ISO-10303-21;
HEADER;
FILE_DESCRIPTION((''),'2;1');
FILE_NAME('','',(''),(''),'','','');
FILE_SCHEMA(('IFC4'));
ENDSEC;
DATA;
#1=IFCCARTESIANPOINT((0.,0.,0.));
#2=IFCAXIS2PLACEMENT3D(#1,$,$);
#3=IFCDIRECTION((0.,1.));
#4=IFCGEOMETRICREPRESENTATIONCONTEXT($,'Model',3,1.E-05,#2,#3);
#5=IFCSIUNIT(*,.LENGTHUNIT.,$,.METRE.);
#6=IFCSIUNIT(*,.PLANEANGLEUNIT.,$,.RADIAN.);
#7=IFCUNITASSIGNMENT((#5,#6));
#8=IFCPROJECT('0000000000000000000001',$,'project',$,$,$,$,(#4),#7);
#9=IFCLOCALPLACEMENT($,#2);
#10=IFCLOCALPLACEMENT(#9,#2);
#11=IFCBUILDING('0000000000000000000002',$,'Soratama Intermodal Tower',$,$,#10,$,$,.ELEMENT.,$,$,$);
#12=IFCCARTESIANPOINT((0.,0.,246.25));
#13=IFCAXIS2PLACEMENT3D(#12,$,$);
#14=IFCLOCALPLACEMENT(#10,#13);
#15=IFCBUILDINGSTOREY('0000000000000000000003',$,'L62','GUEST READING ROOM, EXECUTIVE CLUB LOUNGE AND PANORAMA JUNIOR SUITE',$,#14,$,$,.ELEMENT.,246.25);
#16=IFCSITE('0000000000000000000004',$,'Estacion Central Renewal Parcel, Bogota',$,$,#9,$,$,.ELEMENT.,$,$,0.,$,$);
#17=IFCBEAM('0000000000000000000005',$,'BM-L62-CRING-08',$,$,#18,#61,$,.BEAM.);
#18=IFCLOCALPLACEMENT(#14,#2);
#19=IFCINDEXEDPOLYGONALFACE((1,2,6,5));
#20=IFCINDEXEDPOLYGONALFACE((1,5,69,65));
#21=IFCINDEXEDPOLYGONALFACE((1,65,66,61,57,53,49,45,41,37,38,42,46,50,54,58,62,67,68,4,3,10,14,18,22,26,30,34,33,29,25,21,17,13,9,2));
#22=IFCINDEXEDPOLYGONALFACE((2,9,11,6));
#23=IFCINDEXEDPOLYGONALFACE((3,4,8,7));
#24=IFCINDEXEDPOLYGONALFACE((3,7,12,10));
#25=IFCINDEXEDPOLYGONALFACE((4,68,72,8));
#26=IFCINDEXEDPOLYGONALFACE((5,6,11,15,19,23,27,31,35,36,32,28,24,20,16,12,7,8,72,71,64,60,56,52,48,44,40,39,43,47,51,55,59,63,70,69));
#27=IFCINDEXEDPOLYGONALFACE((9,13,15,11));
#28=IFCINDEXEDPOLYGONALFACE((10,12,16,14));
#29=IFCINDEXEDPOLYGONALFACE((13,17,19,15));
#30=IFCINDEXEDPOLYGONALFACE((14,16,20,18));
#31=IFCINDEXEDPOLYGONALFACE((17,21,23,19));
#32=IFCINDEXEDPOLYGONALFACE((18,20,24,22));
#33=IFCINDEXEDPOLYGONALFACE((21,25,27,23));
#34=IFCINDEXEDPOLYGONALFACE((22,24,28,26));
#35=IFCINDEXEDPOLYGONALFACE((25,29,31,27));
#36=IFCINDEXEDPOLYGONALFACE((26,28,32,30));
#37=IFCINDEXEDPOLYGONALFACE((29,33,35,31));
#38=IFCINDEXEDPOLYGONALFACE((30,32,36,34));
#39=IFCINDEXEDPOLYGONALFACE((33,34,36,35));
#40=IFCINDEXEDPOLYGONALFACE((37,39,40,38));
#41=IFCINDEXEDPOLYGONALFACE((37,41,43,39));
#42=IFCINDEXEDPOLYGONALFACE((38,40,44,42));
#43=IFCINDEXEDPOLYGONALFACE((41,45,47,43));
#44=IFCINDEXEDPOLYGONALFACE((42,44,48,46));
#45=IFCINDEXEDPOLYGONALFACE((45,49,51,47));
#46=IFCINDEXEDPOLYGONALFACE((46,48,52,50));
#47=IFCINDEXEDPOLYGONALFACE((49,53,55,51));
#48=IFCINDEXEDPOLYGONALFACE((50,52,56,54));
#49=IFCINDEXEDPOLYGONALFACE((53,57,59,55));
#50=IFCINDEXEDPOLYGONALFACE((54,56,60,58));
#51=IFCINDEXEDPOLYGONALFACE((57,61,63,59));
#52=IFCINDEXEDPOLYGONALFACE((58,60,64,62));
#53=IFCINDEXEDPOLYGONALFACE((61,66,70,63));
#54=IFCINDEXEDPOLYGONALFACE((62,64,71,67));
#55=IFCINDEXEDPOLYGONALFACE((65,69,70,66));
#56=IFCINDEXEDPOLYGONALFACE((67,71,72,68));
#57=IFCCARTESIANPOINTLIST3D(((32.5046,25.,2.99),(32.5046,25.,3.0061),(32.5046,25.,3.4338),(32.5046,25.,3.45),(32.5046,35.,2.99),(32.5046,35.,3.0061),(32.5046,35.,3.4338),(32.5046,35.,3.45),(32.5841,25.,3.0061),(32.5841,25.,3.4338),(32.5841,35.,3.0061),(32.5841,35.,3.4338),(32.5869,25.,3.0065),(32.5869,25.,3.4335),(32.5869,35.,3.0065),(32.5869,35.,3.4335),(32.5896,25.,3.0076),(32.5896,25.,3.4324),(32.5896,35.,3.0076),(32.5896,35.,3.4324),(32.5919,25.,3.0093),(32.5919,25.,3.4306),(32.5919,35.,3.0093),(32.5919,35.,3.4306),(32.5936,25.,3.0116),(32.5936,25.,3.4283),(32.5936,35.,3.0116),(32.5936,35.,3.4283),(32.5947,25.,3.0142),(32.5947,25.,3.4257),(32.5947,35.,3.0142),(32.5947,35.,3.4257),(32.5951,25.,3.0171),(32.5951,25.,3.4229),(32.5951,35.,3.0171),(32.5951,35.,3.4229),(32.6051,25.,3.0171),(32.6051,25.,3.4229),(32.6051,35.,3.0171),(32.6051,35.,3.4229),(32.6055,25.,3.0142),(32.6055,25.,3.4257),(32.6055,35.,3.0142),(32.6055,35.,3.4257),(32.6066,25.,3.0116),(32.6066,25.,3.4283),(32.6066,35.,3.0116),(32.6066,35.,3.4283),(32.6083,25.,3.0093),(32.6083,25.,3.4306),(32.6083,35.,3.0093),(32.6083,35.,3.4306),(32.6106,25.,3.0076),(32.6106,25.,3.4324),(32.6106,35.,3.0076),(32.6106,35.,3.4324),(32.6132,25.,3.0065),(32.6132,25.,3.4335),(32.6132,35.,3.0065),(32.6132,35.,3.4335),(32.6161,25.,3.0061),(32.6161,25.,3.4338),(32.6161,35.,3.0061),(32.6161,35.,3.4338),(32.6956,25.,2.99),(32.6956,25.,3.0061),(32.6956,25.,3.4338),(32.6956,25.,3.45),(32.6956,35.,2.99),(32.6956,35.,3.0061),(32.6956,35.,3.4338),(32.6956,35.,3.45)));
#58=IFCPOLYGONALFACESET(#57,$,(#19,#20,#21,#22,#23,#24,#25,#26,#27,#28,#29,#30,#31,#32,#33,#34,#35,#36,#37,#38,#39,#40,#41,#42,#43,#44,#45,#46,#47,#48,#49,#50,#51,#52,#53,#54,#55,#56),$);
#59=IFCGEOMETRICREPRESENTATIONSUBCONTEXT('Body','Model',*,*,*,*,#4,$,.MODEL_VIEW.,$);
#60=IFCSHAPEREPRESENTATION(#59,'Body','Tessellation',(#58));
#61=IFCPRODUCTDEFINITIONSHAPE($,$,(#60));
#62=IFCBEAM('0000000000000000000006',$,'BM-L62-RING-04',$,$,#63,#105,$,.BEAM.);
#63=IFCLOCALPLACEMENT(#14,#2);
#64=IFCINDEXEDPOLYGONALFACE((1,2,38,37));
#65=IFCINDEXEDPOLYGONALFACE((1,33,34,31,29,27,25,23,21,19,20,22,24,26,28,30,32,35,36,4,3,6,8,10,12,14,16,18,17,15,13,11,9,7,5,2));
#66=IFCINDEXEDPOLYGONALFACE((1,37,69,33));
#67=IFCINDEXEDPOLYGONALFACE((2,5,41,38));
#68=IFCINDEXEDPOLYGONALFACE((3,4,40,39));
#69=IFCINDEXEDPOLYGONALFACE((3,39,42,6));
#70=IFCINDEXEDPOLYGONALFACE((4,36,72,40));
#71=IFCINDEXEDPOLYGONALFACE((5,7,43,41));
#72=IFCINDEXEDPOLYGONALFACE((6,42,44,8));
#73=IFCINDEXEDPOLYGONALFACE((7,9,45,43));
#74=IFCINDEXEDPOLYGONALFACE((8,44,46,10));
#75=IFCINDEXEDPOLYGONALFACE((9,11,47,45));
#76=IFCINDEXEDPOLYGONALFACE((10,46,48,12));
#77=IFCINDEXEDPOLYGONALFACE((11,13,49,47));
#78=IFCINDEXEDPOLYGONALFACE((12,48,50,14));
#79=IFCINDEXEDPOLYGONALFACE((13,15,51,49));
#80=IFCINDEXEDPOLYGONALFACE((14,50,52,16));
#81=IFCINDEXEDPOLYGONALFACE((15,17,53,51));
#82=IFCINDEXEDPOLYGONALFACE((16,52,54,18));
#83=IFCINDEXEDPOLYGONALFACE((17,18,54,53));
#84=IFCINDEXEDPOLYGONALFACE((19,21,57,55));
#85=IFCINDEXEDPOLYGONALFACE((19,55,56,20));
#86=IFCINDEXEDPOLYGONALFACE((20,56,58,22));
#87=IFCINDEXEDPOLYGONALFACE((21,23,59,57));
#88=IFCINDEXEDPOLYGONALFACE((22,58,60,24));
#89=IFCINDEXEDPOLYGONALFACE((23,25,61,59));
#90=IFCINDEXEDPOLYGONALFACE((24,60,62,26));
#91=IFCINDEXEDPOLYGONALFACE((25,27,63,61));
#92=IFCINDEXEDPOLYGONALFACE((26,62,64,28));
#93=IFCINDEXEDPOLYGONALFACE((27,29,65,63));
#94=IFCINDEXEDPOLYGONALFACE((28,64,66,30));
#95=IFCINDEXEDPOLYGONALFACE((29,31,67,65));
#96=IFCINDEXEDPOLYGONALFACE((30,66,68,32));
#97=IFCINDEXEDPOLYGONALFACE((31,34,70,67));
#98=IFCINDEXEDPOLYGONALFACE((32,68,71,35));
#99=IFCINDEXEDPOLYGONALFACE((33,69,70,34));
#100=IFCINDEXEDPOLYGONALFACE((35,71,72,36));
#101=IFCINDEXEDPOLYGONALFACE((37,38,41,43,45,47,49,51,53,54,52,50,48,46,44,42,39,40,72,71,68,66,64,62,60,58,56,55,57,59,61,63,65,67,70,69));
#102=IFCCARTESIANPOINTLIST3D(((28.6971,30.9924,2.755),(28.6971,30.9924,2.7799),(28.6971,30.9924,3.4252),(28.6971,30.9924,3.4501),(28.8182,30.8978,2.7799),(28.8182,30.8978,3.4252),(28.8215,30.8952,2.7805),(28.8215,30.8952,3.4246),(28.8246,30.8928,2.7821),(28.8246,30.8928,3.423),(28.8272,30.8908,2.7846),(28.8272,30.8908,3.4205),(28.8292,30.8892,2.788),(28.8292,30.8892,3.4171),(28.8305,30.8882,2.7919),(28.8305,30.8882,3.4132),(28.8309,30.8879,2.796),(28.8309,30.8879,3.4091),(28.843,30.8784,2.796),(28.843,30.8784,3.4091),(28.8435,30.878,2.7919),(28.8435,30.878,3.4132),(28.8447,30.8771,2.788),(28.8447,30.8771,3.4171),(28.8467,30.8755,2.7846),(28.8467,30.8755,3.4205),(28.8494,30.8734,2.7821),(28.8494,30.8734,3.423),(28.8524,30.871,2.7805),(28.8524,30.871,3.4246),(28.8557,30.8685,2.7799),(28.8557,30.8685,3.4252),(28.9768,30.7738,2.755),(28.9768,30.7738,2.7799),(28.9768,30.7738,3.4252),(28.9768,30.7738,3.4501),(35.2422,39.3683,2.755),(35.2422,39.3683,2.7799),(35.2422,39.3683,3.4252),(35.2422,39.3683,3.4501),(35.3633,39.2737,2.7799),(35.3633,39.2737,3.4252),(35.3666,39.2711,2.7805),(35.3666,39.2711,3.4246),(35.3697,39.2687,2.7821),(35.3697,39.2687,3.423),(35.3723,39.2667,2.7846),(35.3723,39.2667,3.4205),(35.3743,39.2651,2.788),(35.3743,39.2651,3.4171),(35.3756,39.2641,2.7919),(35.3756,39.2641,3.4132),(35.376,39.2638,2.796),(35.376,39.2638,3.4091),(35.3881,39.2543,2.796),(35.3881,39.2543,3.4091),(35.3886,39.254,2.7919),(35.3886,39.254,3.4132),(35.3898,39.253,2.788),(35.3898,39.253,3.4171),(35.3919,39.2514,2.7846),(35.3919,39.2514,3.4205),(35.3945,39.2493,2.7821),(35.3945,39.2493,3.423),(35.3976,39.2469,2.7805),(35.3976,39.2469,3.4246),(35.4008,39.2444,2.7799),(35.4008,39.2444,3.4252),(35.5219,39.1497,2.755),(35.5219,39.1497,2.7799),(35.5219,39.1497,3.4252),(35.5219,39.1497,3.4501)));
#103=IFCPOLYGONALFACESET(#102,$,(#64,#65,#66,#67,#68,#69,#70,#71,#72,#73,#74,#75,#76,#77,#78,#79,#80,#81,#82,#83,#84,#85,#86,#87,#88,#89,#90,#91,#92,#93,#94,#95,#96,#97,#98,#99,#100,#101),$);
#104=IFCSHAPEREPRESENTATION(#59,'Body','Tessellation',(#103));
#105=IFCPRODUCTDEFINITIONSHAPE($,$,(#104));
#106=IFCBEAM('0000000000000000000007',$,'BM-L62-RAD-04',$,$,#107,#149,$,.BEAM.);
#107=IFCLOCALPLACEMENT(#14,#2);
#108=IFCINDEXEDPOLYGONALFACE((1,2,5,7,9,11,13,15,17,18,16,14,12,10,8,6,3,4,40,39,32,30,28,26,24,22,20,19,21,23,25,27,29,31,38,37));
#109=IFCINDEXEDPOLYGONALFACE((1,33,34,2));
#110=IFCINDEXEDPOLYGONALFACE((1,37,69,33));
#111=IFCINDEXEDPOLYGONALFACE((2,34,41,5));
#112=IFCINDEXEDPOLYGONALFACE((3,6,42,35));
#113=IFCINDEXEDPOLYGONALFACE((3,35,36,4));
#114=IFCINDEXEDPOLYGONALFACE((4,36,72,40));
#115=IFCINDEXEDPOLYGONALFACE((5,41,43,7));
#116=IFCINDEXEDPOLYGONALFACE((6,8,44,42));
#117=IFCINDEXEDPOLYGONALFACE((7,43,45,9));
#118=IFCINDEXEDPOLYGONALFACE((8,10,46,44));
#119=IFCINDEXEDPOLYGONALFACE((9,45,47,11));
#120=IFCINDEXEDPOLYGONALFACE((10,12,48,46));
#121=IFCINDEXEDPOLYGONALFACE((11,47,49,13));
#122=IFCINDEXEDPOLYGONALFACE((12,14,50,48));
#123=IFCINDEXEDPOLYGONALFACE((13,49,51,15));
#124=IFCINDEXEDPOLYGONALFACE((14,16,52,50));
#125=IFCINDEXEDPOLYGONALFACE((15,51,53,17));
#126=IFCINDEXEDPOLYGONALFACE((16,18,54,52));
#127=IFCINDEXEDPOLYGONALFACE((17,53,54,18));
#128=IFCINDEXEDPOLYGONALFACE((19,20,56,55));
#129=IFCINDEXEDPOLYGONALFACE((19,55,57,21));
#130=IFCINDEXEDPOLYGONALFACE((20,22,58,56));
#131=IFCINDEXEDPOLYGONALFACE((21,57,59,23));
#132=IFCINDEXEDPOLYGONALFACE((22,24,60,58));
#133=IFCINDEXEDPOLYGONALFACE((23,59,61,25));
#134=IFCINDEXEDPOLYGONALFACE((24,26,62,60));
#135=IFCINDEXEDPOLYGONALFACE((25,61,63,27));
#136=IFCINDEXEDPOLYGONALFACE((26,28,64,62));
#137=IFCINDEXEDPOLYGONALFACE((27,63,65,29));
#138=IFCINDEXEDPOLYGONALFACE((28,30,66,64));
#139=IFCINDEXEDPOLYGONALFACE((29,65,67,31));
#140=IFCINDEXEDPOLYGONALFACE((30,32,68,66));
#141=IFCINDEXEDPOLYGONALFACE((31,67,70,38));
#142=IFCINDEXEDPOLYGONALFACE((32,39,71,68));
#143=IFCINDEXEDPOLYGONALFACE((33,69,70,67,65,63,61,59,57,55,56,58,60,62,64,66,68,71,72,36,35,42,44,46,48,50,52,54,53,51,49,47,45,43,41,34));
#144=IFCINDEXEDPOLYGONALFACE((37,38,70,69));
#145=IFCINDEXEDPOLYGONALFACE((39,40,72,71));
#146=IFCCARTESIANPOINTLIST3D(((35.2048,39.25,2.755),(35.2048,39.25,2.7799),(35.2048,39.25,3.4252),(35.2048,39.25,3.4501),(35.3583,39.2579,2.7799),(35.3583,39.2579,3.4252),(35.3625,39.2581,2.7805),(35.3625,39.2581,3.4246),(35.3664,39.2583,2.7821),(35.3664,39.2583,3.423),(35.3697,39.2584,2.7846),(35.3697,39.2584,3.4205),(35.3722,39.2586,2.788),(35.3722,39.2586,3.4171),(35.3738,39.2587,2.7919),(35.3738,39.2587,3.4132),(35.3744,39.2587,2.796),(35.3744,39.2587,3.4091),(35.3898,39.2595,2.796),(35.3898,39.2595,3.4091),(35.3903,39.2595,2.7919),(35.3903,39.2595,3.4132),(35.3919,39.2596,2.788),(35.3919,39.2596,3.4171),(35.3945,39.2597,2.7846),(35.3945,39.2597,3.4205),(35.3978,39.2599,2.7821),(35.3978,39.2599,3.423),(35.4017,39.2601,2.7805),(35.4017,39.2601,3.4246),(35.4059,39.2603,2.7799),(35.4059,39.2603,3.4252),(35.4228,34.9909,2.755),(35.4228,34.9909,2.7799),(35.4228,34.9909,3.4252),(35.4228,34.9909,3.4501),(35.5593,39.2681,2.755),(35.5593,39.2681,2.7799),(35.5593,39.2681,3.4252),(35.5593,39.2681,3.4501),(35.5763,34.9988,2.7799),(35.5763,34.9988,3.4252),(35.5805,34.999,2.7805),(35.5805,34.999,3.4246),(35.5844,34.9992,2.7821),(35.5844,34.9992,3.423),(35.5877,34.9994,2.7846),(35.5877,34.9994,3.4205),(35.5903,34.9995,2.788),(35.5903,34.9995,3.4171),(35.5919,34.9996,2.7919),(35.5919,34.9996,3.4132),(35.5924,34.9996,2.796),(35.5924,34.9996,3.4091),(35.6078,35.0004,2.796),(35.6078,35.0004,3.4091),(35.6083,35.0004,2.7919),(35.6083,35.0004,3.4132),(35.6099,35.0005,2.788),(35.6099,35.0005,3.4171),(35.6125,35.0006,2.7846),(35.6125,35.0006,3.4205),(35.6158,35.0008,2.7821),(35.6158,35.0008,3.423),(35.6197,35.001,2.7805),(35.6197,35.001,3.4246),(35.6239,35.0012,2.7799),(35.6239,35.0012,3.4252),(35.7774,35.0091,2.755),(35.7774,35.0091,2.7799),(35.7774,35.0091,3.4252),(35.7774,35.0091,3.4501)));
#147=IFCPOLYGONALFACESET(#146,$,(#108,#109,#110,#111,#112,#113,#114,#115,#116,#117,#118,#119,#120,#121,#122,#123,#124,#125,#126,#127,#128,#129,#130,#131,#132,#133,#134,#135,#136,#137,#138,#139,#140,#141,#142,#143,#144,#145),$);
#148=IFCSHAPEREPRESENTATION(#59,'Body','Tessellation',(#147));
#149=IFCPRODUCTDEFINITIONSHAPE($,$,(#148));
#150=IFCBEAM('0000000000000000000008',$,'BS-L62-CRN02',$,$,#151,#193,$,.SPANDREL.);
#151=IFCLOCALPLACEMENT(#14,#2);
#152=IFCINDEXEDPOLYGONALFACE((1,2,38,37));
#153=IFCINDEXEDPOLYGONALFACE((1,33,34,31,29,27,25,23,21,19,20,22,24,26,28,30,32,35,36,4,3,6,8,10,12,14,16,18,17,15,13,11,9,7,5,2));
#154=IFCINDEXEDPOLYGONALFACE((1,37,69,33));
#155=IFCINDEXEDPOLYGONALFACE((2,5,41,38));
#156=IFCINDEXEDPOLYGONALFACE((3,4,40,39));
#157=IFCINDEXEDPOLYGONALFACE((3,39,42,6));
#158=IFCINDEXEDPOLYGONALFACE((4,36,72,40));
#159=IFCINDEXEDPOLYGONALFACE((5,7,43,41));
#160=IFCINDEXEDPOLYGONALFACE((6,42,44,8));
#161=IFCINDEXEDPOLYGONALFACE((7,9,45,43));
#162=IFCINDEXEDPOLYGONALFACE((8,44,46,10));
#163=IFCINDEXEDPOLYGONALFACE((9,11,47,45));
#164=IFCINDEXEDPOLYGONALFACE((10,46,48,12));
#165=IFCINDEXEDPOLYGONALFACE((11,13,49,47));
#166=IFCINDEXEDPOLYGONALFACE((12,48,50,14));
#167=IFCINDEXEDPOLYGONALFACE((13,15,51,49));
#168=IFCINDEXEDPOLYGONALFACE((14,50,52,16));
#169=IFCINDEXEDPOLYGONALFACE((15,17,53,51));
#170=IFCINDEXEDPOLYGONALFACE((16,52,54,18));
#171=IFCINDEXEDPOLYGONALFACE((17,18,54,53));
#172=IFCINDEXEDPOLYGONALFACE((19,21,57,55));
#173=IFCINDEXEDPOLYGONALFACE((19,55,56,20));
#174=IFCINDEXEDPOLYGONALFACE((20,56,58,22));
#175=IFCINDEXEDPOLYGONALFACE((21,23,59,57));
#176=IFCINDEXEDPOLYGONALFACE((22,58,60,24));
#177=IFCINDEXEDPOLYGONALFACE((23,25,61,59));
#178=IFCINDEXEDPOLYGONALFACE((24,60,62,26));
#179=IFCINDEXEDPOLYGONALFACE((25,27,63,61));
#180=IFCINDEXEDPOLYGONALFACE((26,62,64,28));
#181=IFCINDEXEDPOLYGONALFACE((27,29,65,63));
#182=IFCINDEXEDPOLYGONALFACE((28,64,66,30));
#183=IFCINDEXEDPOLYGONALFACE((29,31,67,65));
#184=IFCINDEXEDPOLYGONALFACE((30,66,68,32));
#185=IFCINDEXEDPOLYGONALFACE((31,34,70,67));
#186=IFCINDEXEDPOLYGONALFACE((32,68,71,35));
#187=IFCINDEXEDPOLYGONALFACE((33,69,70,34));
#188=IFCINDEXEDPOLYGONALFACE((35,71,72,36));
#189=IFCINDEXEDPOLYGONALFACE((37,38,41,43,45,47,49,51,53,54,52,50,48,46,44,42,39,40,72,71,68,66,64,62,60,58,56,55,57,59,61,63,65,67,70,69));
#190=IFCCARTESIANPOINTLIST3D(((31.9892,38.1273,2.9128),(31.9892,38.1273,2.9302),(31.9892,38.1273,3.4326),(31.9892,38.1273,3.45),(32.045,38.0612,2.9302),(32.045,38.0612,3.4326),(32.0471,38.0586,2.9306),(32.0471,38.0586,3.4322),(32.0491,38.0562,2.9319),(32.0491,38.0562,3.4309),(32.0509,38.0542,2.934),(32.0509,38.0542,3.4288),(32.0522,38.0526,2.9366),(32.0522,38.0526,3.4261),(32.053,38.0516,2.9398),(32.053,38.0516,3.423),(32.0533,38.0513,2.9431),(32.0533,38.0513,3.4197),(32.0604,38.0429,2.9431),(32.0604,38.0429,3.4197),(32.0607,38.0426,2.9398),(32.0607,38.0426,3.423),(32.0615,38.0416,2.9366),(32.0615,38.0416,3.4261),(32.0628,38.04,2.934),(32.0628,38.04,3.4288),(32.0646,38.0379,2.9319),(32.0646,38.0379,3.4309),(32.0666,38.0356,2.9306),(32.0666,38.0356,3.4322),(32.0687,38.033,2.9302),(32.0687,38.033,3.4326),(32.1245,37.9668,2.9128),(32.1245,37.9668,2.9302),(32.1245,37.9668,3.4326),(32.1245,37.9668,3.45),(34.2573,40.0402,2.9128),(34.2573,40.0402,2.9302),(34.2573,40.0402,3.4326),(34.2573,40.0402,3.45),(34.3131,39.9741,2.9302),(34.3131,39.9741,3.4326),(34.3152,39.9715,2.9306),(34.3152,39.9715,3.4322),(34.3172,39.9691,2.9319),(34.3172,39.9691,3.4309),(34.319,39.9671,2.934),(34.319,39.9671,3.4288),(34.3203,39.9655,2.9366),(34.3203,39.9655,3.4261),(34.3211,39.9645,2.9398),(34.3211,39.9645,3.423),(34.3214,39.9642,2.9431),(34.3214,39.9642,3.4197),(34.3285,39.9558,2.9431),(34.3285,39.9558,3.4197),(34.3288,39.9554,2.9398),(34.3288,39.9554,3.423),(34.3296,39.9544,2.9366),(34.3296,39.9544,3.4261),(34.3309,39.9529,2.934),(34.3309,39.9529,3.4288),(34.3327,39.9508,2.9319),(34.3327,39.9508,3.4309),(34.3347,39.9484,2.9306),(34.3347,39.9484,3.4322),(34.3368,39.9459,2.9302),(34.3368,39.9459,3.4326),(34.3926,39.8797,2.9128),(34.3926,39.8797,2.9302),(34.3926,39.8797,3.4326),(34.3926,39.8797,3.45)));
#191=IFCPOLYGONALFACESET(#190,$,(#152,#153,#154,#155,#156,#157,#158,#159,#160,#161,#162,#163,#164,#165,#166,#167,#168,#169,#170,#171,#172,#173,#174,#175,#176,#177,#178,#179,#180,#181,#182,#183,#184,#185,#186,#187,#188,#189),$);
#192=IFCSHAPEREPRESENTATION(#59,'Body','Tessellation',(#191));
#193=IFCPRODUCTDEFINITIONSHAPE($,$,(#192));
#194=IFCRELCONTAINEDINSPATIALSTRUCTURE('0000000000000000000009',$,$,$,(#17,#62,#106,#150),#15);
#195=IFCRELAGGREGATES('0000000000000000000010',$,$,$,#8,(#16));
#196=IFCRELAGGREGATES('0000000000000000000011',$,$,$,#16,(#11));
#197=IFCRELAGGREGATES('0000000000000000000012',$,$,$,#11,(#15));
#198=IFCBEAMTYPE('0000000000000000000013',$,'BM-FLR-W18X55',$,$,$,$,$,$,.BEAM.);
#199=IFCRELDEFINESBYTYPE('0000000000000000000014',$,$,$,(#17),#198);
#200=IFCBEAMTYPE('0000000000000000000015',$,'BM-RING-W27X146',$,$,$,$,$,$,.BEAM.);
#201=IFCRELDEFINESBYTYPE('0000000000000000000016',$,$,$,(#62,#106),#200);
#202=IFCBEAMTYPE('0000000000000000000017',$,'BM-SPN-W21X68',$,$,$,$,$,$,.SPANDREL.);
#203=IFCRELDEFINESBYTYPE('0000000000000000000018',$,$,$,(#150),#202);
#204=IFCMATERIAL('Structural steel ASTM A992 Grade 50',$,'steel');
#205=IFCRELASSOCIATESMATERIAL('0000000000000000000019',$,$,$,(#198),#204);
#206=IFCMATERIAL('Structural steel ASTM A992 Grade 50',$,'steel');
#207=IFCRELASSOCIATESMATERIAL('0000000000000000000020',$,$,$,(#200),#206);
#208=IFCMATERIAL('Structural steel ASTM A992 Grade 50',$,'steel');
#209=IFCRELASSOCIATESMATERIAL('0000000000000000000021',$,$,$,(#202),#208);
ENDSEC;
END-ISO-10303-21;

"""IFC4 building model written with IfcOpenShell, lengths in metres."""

from ifc_helpers import new_model, si_unit, direction, frame, origin, origin_2d, place, context, subcontext, project, spatial, i_section, extrude, material, material_profile, profile_set, type_object, element, save


model = new_model("IFC4")

# Units and contexts
model_context = context("Model", 3, precision=1e-05, world=origin(), true_north=direction((0.0, 1.0)))
body_context = subcontext(model_context, "Body", "Model", "MODEL_VIEW")
ifc_project = project(units=[si_unit("LENGTHUNIT", "METRE"), si_unit("PLANEANGLEUNIT", "RADIAN")], contexts=[model_context])

# Site, building, storey
site_placement = place(None, origin())
site = spatial("IfcSite", under=ifc_project, at=site_placement, Name="Estacion Central Renewal Parcel, Bogota", CompositionType="ELEMENT", RefElevation=0.0)
building_placement = place(site_placement, origin())
building = spatial("IfcBuilding", under=site, at=building_placement, Name="Soratama Intermodal Tower", CompositionType="ELEMENT")
storey_placement = place(building_placement, frame((0.0, 0.0, 246.25)))
storey = spatial("IfcBuildingStorey", under=building, at=storey_placement, Name="L62", Description="GUEST READING ROOM, EXECUTIVE CLUB LOUNGE AND PANORAMA JUNIOR SUITE", CompositionType="ELEMENT", Elevation=246.25)

# Beams
ifc_material_1 = material(Name="Structural steel ASTM A992 Grade 50", Category="steel")
ifc_material_profile_1 = material_profile(ifc_material_1, i_section(OverallWidth=0.1909, OverallDepth=0.46, WebThickness=0.01, FlangeThickness=0.0161, FilletRadius=0.011, at=origin_2d()), Name="W18X55")
ifc_profile_set_1 = profile_set([ifc_material_profile_1], Name="Structural steel ASTM A992 Grade 50")
beam_type_1 = type_object("IfcBeamType", Name="BM-FLR-W18X55", PredefinedType="BEAM", material=ifc_profile_set_1)
beam_1_placement = place(storey_placement, frame((32.6001, 35.0, 3.22), z_axis=(0.0, -1.0, 0.0), x_axis=(1.0, 0.0, 0.0)))
element("IfcBeam", 1, at=beam_1_placement, inside=storey, type_object=beam_type_1, Name="BM-L62-CRING-08", PredefinedType="BEAM", context=body_context, shape_type="SweptSolid", body=[
    extrude(i_section(OverallWidth=0.1909, OverallDepth=0.46, WebThickness=0.01, FlangeThickness=0.0161, FilletRadius=0.011, at=origin_2d()), origin(), (0.0, 0.0, 1.0), 10.0),
])
ifc_material_2 = material(Name="Structural steel ASTM A992 Grade 50", Category="steel")
ifc_material_profile_2 = material_profile(ifc_material_2, i_section(OverallWidth=0.355, OverallDepth=0.6951, WebThickness=0.0154, FlangeThickness=0.0249, FilletRadius=0.0161, at=origin_2d()), Name="W27X146")
ifc_profile_set_2 = profile_set([ifc_material_profile_2], Name="Structural steel ASTM A992 Grade 50")
beam_type_2 = type_object("IfcBeamType", Name="BM-RING-W27X146", PredefinedType="BEAM", material=ifc_profile_set_2)
beam_2_placement = place(storey_placement, frame((35.3821, 39.259, 3.1025), z_axis=(-0.615728, -0.787959, 0.0), x_axis=(0.787959, -0.615728, 0.0)))
element("IfcBeam", 2, at=beam_2_placement, inside=storey, type_object=beam_type_2, Name="BM-L62-RING-04", PredefinedType="BEAM", context=body_context, shape_type="SweptSolid", body=[
    extrude(i_section(OverallWidth=0.355, OverallDepth=0.6951, WebThickness=0.0154, FlangeThickness=0.0249, FilletRadius=0.0161, at=origin_2d()), origin(), (0.0, 0.0, 1.0), 10.6299),
])
beam_3_placement = place(storey_placement, frame((35.6001, 35.0, 3.1025), z_axis=(-0.051123, 0.998692, 0.0), x_axis=(-0.998692, -0.051123, 0.0)))
element("IfcBeam", 3, at=beam_3_placement, inside=storey, type_object=beam_type_2, Name="BM-L62-RAD-04", PredefinedType="BEAM", context=body_context, shape_type="SweptSolid", body=[
    extrude(i_section(OverallWidth=0.355, OverallDepth=0.6951, WebThickness=0.0154, FlangeThickness=0.0249, FilletRadius=0.0161, at=origin_2d()), origin(), (0.0, 0.0, 1.0), 4.2646),
])
ifc_material_3 = material(Name="Structural steel ASTM A992 Grade 50", Category="steel")
ifc_material_profile_3 = material_profile(ifc_material_3, i_section(OverallWidth=0.21, OverallDepth=0.5371, WebThickness=0.011, FlangeThickness=0.0173, FilletRadius=0.0129, at=origin_2d()), Name="W21X68")
ifc_profile_set_3 = profile_set([ifc_material_profile_3], Name="Structural steel ASTM A992 Grade 50")
beam_type_3 = type_object("IfcBeamType", Name="BM-SPN-W21X68", PredefinedType="SPANDREL", material=ifc_profile_set_3)
beam_4_placement = place(storey_placement, frame((34.325, 39.96, 3.1814), z_axis=(-0.764431, -0.644706, 0.0), x_axis=(0.644706, -0.764431, 0.0)))
element("IfcBeam", 4, at=beam_4_placement, inside=storey, type_object=beam_type_3, Name="BS-L62-CRN02", PredefinedType="SPANDREL", context=body_context, shape_type="SweptSolid", body=[
    extrude(i_section(OverallWidth=0.21, OverallDepth=0.5371, WebThickness=0.011, FlangeThickness=0.0173, FilletRadius=0.0129, at=origin_2d()), origin(), (0.0, 0.0, 1.0), 2.967),
])

save(model, "model.ifc")
